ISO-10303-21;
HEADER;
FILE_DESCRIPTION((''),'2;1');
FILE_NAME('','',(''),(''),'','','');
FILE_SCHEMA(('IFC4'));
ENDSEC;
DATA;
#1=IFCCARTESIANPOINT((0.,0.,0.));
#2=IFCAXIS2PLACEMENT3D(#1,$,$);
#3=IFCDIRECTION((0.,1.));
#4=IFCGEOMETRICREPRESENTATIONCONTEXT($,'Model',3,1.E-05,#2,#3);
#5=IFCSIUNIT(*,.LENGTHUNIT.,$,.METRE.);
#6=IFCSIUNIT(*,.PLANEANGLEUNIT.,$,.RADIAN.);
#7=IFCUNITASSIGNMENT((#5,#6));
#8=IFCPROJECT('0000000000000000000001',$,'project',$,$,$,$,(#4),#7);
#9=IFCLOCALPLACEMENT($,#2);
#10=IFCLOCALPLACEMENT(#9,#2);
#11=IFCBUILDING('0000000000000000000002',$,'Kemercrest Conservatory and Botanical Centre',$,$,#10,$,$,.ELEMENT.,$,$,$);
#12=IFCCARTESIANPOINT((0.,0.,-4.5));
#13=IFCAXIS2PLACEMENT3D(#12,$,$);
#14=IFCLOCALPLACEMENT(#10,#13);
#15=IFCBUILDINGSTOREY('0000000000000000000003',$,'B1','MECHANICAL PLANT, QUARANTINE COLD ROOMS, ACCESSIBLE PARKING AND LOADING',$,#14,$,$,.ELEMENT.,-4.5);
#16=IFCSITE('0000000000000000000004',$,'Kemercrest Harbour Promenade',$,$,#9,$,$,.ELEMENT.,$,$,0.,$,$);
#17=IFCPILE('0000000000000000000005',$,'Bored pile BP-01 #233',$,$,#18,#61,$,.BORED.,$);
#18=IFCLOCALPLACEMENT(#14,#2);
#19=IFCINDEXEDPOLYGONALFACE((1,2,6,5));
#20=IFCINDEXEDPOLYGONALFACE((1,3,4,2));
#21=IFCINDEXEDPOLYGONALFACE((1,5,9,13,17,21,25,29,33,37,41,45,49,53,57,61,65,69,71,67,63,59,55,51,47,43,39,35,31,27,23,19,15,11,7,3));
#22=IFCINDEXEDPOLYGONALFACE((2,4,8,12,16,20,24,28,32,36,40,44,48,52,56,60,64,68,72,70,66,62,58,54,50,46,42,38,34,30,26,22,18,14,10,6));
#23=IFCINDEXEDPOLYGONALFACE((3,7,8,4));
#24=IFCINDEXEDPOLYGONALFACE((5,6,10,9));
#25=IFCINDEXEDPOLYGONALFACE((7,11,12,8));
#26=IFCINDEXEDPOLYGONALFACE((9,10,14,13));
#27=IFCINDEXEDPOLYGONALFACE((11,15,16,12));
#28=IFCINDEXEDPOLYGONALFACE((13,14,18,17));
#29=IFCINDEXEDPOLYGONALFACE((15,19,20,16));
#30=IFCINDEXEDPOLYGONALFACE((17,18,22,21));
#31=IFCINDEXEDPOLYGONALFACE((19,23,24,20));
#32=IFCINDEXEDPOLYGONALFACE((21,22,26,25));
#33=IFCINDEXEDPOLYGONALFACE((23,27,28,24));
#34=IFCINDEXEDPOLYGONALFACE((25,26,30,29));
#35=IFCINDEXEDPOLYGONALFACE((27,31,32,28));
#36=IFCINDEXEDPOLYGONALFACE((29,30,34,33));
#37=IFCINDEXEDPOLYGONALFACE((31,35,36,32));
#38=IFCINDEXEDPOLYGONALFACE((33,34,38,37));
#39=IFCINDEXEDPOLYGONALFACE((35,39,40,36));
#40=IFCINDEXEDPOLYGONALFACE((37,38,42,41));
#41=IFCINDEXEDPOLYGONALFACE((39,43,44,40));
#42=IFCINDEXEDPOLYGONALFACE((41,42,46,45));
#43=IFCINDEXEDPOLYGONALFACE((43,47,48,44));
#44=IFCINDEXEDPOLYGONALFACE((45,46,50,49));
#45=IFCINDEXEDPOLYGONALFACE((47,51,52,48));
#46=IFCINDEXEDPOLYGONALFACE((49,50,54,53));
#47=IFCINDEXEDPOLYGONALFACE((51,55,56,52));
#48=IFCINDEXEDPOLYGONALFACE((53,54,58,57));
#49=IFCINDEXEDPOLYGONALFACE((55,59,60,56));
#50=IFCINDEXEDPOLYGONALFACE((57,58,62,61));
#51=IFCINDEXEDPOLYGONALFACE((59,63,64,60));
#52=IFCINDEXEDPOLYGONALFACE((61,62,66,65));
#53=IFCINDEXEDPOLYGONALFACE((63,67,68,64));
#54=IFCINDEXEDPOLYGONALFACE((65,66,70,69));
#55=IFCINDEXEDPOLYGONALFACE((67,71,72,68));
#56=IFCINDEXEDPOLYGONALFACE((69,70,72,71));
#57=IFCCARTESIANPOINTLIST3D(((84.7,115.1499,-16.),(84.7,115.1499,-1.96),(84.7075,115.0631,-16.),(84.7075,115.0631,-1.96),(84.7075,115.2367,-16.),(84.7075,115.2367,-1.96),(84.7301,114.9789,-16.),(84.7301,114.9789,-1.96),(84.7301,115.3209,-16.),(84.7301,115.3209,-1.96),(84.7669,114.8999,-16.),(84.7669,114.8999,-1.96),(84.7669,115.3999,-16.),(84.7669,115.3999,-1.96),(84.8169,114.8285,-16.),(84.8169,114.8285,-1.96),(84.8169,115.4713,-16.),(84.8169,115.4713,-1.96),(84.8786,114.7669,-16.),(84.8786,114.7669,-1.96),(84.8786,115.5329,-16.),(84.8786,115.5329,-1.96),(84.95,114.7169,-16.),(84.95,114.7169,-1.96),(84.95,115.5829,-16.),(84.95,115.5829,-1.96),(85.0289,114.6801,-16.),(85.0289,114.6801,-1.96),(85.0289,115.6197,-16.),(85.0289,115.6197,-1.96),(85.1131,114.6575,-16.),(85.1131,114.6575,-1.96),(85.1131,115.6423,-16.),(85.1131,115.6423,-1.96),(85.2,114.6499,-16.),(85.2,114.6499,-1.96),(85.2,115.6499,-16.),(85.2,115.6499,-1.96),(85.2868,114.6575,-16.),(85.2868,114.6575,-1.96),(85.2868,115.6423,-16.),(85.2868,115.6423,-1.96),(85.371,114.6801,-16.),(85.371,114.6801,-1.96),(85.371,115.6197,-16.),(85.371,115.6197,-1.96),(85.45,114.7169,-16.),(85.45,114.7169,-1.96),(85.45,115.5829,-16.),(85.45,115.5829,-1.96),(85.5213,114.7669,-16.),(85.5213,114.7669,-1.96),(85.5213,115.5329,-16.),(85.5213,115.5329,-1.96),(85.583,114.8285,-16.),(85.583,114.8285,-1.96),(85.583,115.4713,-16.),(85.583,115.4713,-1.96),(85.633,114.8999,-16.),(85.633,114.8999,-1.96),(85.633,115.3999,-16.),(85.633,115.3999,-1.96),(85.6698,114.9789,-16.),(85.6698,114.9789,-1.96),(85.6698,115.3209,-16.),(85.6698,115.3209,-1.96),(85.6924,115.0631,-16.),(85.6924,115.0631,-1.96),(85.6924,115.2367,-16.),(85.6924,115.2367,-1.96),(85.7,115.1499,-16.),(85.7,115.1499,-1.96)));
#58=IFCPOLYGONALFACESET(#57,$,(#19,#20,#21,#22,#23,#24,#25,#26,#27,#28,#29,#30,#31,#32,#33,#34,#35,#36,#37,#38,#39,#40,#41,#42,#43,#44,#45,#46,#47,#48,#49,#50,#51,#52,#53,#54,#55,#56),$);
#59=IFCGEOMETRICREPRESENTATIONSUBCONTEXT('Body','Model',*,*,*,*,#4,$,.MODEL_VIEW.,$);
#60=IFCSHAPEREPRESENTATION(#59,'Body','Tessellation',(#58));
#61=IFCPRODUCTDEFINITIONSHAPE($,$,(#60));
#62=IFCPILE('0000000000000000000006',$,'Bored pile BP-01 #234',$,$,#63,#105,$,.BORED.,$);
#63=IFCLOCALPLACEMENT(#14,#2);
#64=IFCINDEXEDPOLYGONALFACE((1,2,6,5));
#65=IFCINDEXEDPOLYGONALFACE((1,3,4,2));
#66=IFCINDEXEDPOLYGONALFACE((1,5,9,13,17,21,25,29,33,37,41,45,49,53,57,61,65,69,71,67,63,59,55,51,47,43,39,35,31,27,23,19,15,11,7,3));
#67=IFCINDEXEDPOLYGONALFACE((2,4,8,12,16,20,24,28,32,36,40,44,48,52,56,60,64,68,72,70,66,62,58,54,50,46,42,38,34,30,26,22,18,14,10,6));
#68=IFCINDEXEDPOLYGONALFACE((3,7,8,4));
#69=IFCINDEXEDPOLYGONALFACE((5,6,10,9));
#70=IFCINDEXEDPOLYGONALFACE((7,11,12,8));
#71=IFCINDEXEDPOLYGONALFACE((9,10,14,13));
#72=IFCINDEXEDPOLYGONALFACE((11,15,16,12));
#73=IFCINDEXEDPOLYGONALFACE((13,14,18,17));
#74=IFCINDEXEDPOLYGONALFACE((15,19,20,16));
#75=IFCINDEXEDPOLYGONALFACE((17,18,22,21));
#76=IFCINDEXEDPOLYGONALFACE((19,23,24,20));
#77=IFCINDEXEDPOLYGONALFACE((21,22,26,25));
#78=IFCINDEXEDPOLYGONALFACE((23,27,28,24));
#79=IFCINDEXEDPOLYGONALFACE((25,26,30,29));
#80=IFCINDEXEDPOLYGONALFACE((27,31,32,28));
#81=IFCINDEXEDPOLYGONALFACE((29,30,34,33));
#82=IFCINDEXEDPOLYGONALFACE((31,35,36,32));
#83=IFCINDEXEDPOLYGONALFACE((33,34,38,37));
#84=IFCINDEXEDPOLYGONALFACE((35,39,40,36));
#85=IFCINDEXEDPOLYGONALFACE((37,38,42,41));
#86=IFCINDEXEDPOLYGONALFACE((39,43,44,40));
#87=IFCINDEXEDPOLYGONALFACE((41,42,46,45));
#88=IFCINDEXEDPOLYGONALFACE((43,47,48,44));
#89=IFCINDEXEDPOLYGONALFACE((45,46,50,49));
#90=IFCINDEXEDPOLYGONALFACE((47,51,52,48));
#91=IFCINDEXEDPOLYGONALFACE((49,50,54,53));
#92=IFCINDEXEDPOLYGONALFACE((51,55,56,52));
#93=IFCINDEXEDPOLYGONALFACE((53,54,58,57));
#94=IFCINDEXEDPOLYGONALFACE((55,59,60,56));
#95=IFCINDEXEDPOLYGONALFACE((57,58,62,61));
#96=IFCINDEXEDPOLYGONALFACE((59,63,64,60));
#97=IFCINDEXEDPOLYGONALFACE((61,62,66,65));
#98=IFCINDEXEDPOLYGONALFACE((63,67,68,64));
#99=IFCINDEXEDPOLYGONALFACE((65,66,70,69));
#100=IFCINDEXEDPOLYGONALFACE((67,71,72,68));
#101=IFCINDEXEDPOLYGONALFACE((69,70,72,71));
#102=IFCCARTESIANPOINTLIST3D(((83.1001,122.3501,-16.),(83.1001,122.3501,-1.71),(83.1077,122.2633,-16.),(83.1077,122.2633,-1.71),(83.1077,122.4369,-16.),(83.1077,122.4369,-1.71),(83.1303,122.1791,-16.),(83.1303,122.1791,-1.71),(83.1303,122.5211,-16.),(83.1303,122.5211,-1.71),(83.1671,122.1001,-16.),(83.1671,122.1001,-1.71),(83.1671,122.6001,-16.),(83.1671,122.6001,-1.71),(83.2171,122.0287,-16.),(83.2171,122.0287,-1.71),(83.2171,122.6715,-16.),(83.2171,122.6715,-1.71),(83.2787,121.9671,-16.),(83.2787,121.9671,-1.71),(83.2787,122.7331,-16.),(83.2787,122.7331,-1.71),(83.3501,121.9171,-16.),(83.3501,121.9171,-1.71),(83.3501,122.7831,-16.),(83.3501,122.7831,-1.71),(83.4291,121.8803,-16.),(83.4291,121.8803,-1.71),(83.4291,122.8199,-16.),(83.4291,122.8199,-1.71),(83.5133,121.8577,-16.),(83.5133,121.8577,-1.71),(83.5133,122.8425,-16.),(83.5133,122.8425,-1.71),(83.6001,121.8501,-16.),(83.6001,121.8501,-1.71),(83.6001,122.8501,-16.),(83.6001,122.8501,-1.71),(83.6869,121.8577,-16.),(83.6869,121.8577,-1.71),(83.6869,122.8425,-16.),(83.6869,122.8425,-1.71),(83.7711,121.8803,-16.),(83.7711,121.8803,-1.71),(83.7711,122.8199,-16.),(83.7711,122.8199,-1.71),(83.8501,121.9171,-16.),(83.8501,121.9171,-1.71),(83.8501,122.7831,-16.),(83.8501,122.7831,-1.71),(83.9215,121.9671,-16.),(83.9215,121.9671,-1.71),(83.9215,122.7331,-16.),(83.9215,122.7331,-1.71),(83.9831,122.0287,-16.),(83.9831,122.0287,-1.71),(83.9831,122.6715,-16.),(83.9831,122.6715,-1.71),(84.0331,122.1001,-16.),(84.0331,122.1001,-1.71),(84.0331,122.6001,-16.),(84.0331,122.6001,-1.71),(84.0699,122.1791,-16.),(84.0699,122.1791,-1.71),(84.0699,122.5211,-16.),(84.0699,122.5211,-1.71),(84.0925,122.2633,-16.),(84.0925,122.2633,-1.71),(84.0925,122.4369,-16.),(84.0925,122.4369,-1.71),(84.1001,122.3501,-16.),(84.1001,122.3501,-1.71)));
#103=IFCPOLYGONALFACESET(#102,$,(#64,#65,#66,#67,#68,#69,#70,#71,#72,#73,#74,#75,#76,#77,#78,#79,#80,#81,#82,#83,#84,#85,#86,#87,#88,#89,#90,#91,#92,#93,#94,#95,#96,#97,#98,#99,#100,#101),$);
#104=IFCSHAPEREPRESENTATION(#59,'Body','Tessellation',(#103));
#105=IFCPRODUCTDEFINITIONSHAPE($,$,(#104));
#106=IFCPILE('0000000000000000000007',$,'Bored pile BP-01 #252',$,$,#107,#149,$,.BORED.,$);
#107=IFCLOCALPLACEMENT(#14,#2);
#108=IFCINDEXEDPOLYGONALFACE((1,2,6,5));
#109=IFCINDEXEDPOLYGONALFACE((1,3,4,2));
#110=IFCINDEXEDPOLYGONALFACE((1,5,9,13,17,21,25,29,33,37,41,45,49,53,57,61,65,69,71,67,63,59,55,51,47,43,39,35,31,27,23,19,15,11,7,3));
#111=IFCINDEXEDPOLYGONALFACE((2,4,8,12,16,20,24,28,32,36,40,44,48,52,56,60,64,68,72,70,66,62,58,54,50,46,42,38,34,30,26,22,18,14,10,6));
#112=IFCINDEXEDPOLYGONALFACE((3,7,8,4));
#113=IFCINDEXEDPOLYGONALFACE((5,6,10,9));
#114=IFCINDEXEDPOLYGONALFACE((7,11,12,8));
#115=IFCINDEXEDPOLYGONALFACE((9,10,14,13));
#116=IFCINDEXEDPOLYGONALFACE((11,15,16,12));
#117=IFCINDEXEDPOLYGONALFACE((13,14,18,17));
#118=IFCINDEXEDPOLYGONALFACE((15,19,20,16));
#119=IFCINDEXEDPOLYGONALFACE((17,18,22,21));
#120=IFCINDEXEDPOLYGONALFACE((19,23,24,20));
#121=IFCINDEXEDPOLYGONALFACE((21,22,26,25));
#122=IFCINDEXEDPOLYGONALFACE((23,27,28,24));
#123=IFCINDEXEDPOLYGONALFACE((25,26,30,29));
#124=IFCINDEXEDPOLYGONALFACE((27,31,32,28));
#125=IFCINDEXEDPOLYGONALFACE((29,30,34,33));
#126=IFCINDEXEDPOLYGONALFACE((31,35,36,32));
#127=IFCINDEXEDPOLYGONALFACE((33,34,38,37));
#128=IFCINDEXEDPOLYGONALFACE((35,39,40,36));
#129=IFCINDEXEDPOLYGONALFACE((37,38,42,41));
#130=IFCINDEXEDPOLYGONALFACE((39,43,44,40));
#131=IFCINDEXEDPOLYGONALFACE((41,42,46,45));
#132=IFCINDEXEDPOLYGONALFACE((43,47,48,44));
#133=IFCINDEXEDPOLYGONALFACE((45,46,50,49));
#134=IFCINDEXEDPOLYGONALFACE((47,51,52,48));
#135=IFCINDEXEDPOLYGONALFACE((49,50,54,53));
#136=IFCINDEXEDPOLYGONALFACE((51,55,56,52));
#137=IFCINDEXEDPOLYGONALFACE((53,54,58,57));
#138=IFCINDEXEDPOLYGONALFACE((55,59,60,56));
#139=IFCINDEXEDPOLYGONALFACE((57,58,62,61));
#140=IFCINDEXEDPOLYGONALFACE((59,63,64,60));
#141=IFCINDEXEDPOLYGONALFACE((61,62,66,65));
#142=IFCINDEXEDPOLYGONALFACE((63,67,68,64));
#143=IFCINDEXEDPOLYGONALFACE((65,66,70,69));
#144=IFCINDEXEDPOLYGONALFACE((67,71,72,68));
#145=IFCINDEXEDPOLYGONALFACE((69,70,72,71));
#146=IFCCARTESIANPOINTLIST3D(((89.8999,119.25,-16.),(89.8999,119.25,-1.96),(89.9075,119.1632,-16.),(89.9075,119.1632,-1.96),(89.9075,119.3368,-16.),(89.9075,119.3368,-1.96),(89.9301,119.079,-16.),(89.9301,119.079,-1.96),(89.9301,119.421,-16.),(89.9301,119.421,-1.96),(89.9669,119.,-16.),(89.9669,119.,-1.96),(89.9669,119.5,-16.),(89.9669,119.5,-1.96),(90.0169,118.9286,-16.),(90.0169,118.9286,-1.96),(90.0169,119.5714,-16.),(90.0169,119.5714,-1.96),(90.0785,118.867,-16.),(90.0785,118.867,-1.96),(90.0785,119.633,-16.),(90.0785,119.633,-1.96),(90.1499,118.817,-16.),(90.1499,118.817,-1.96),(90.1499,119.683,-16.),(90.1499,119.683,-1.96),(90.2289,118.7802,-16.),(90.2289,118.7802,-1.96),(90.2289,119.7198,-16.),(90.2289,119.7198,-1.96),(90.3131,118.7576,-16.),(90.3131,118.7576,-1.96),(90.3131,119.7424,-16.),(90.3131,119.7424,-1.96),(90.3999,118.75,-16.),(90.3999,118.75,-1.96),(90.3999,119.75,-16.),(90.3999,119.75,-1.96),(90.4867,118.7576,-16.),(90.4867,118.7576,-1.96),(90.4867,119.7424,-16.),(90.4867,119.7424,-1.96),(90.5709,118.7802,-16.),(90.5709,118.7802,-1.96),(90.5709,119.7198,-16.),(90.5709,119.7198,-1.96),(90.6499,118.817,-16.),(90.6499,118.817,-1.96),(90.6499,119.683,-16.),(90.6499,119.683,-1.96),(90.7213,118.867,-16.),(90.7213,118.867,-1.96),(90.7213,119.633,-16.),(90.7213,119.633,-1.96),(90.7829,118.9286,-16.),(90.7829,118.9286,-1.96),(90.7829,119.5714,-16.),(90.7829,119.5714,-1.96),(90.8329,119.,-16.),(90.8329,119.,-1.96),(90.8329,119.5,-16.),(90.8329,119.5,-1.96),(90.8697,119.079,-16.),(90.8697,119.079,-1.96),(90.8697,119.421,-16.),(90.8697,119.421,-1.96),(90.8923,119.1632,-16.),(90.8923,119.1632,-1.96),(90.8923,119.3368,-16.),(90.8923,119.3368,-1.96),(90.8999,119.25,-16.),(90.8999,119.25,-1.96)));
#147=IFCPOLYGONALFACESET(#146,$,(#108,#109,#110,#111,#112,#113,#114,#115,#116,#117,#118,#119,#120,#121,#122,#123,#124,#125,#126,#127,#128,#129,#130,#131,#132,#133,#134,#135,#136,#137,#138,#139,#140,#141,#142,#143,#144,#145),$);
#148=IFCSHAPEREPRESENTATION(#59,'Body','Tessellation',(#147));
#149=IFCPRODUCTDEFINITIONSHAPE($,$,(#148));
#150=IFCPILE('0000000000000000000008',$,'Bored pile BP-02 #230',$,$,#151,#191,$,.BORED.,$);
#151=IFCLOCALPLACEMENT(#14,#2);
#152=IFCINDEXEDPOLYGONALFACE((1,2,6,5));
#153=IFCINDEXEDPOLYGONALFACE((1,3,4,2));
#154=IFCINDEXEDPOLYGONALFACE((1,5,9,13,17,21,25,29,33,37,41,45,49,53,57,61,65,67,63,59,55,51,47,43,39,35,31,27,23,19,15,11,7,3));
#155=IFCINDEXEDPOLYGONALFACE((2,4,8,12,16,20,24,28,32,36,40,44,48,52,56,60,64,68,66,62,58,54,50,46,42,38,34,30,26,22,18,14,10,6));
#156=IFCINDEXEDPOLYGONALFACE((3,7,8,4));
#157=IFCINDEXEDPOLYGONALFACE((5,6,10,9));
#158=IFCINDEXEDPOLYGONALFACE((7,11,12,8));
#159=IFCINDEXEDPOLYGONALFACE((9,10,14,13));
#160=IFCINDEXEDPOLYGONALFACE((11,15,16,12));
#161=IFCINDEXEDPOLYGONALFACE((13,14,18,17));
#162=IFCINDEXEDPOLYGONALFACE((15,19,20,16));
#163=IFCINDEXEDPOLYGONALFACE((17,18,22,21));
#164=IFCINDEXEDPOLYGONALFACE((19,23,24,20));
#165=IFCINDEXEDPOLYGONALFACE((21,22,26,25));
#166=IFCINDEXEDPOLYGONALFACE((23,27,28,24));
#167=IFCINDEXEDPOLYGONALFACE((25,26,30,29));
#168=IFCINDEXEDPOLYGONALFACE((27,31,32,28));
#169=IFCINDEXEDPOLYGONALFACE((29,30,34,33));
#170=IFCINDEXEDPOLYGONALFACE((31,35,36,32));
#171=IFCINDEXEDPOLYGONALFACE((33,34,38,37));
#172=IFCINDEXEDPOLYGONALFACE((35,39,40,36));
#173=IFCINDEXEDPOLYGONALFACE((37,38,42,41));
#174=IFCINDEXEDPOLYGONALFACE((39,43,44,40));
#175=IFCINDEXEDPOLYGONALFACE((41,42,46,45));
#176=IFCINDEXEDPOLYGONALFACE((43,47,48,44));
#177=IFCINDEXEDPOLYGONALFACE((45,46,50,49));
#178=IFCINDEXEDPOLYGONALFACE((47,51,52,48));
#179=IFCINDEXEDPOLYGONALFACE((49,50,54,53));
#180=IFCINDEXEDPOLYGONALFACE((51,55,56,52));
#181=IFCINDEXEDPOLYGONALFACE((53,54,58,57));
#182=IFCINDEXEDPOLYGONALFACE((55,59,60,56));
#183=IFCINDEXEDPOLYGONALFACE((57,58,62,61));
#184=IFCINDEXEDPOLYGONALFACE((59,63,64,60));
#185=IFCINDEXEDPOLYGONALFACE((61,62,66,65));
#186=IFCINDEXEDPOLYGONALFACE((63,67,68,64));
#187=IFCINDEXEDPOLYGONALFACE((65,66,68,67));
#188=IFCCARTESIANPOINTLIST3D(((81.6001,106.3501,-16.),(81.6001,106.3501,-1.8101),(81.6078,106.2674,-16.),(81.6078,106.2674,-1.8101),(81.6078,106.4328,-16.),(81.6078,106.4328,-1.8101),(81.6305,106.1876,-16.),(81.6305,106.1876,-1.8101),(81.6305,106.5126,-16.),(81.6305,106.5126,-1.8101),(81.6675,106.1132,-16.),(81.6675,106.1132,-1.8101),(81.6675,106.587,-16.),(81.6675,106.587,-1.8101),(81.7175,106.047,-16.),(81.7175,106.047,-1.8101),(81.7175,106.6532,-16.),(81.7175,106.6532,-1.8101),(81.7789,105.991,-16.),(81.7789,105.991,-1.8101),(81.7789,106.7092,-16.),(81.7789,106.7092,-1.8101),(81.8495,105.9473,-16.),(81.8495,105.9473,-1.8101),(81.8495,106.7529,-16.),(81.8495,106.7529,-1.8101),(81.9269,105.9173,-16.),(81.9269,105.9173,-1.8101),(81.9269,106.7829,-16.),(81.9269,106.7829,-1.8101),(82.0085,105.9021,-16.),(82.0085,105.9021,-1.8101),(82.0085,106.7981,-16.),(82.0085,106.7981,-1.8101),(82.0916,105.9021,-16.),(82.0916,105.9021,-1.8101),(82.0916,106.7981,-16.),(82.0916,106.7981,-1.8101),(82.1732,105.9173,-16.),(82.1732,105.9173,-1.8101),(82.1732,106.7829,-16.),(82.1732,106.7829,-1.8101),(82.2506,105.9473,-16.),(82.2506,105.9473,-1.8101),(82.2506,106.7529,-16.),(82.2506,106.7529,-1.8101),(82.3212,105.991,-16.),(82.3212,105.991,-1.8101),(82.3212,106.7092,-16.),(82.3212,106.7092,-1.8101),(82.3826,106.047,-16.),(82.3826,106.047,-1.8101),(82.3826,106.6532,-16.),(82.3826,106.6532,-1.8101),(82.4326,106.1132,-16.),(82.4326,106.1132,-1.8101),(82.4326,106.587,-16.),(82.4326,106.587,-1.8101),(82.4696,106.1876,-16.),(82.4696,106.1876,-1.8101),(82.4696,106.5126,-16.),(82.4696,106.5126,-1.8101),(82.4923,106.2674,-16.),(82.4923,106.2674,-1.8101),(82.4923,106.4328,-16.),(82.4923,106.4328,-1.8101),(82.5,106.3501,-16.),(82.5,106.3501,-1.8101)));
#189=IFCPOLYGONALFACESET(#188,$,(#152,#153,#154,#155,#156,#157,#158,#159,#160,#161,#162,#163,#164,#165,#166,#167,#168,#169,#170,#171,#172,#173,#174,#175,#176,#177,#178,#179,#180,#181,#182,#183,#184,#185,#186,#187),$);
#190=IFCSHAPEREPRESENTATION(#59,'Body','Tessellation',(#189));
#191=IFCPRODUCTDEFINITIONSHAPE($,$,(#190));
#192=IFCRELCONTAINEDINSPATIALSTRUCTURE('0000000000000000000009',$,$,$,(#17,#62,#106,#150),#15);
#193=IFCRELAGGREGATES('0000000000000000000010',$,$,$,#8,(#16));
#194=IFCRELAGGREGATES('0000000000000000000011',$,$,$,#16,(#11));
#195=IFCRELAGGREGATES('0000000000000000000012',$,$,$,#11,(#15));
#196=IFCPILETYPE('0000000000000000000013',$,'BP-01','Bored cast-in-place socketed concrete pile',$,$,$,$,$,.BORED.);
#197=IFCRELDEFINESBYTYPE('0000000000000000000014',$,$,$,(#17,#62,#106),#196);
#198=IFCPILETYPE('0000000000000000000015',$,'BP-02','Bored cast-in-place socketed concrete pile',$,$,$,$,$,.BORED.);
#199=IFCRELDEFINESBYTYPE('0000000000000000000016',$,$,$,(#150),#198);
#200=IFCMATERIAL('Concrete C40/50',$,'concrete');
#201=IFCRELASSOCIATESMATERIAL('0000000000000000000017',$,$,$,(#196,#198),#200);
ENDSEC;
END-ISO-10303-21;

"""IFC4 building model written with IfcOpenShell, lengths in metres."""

from ifc_helpers import new_model, si_unit, direction, frame, origin, origin_2d, place, context, subcontext, project, spatial, circle, extrude, material, material_profile, profile_set, type_object, element, save


model = new_model("IFC4")

# Units and contexts
model_context = context("Model", 3, precision=1e-05, world=origin(), true_north=direction((0.0, 1.0)))
body_context = subcontext(model_context, "Body", "Model", "MODEL_VIEW")
ifc_project = project(units=[si_unit("LENGTHUNIT", "METRE"), si_unit("PLANEANGLEUNIT", "RADIAN")], contexts=[model_context])

# Site, building, storey
site_placement = place(None, origin())
site = spatial("IfcSite", under=ifc_project, at=site_placement, Name="Kemercrest Harbour Promenade", CompositionType="ELEMENT", RefElevation=0.0)
building_placement = place(site_placement, origin())
building = spatial("IfcBuilding", under=site, at=building_placement, Name="Kemercrest Conservatory and Botanical Centre", CompositionType="ELEMENT")
storey_placement = place(building_placement, frame((0.0, 0.0, -4.5)))
storey = spatial("IfcBuildingStorey", under=building, at=storey_placement, Name="B1", Description="MECHANICAL PLANT, QUARANTINE COLD ROOMS, ACCESSIBLE PARKING AND LOADING", CompositionType="ELEMENT", Elevation=-4.5)

# Piles
ifc_material_1 = material(Name="Concrete C40/50", Category="concrete")
ifc_material_profile_1 = material_profile(ifc_material_1, circle(Radius=0.5, at=origin_2d()), Name="BORED PILE 1000")
ifc_profile_set_1 = profile_set([ifc_material_profile_1], Name="Concrete C40/50")
pile_type_1 = type_object("IfcPileType", Name="BP-01", Description="Bored cast-in-place socketed concrete pile", PredefinedType="BORED", material=ifc_profile_set_1)
pile_1_placement = place(storey_placement, frame((85.2, 115.1499, -1.96), z_axis=(0.0, 0.0, -1.0), x_axis=(1.0, 0.0, 0.0)))
element("IfcPile", 1, at=pile_1_placement, inside=storey, type_object=pile_type_1, Name="Bored pile BP-01 #233", PredefinedType="BORED", context=body_context, shape_type="SweptSolid", body=[
    extrude(circle(Radius=0.5, at=origin_2d()), origin(), (0.0, 0.0, 1.0), 14.04),
])
pile_2_placement = place(storey_placement, frame((83.6001, 122.3501, -1.71), z_axis=(0.0, 0.0, -1.0), x_axis=(1.0, 0.0, 0.0)))
element("IfcPile", 2, at=pile_2_placement, inside=storey, type_object=pile_type_1, Name="Bored pile BP-01 #234", PredefinedType="BORED", context=body_context, shape_type="SweptSolid", body=[
    extrude(circle(Radius=0.5, at=origin_2d()), origin(), (0.0, 0.0, 1.0), 14.29),
])
pile_3_placement = place(storey_placement, frame((90.3999, 119.25, -1.96), z_axis=(0.0, 0.0, -1.0), x_axis=(1.0, 0.0, 0.0)))
element("IfcPile", 3, at=pile_3_placement, inside=storey, type_object=pile_type_1, Name="Bored pile BP-01 #252", PredefinedType="BORED", context=body_context, shape_type="SweptSolid", body=[
    extrude(circle(Radius=0.5, at=origin_2d()), origin(), (0.0, 0.0, 1.0), 14.04),
])
ifc_material_profile_2 = material_profile(ifc_material_1, circle(Radius=0.45, at=origin_2d()), Name="BORED PILE 900")
ifc_profile_set_2 = profile_set([ifc_material_profile_2], Name="Concrete C40/50")
pile_type_2 = type_object("IfcPileType", Name="BP-02", Description="Bored cast-in-place socketed concrete pile", PredefinedType="BORED", material=ifc_profile_set_2)
for number, where, z_axis, x_axis, name in (
    (4, (82.05, 106.3501, -1.8101), (0.0, 0.0, -1.0), (1.0, 0.0, 0.0), "Bored pile BP-02 #230"),
):
    element("IfcPile", number, at=place(storey_placement, frame(where, z_axis=z_axis, x_axis=x_axis)), inside=storey, type_object=pile_type_2, Name=name, PredefinedType="BORED", context=body_context, shape_type="SweptSolid", body=[
        extrude(circle(Radius=0.45, at=origin_2d()), origin(), (0.0, 0.0, 1.0), 14.1899),
    ])

save(model, "model.ifc")
